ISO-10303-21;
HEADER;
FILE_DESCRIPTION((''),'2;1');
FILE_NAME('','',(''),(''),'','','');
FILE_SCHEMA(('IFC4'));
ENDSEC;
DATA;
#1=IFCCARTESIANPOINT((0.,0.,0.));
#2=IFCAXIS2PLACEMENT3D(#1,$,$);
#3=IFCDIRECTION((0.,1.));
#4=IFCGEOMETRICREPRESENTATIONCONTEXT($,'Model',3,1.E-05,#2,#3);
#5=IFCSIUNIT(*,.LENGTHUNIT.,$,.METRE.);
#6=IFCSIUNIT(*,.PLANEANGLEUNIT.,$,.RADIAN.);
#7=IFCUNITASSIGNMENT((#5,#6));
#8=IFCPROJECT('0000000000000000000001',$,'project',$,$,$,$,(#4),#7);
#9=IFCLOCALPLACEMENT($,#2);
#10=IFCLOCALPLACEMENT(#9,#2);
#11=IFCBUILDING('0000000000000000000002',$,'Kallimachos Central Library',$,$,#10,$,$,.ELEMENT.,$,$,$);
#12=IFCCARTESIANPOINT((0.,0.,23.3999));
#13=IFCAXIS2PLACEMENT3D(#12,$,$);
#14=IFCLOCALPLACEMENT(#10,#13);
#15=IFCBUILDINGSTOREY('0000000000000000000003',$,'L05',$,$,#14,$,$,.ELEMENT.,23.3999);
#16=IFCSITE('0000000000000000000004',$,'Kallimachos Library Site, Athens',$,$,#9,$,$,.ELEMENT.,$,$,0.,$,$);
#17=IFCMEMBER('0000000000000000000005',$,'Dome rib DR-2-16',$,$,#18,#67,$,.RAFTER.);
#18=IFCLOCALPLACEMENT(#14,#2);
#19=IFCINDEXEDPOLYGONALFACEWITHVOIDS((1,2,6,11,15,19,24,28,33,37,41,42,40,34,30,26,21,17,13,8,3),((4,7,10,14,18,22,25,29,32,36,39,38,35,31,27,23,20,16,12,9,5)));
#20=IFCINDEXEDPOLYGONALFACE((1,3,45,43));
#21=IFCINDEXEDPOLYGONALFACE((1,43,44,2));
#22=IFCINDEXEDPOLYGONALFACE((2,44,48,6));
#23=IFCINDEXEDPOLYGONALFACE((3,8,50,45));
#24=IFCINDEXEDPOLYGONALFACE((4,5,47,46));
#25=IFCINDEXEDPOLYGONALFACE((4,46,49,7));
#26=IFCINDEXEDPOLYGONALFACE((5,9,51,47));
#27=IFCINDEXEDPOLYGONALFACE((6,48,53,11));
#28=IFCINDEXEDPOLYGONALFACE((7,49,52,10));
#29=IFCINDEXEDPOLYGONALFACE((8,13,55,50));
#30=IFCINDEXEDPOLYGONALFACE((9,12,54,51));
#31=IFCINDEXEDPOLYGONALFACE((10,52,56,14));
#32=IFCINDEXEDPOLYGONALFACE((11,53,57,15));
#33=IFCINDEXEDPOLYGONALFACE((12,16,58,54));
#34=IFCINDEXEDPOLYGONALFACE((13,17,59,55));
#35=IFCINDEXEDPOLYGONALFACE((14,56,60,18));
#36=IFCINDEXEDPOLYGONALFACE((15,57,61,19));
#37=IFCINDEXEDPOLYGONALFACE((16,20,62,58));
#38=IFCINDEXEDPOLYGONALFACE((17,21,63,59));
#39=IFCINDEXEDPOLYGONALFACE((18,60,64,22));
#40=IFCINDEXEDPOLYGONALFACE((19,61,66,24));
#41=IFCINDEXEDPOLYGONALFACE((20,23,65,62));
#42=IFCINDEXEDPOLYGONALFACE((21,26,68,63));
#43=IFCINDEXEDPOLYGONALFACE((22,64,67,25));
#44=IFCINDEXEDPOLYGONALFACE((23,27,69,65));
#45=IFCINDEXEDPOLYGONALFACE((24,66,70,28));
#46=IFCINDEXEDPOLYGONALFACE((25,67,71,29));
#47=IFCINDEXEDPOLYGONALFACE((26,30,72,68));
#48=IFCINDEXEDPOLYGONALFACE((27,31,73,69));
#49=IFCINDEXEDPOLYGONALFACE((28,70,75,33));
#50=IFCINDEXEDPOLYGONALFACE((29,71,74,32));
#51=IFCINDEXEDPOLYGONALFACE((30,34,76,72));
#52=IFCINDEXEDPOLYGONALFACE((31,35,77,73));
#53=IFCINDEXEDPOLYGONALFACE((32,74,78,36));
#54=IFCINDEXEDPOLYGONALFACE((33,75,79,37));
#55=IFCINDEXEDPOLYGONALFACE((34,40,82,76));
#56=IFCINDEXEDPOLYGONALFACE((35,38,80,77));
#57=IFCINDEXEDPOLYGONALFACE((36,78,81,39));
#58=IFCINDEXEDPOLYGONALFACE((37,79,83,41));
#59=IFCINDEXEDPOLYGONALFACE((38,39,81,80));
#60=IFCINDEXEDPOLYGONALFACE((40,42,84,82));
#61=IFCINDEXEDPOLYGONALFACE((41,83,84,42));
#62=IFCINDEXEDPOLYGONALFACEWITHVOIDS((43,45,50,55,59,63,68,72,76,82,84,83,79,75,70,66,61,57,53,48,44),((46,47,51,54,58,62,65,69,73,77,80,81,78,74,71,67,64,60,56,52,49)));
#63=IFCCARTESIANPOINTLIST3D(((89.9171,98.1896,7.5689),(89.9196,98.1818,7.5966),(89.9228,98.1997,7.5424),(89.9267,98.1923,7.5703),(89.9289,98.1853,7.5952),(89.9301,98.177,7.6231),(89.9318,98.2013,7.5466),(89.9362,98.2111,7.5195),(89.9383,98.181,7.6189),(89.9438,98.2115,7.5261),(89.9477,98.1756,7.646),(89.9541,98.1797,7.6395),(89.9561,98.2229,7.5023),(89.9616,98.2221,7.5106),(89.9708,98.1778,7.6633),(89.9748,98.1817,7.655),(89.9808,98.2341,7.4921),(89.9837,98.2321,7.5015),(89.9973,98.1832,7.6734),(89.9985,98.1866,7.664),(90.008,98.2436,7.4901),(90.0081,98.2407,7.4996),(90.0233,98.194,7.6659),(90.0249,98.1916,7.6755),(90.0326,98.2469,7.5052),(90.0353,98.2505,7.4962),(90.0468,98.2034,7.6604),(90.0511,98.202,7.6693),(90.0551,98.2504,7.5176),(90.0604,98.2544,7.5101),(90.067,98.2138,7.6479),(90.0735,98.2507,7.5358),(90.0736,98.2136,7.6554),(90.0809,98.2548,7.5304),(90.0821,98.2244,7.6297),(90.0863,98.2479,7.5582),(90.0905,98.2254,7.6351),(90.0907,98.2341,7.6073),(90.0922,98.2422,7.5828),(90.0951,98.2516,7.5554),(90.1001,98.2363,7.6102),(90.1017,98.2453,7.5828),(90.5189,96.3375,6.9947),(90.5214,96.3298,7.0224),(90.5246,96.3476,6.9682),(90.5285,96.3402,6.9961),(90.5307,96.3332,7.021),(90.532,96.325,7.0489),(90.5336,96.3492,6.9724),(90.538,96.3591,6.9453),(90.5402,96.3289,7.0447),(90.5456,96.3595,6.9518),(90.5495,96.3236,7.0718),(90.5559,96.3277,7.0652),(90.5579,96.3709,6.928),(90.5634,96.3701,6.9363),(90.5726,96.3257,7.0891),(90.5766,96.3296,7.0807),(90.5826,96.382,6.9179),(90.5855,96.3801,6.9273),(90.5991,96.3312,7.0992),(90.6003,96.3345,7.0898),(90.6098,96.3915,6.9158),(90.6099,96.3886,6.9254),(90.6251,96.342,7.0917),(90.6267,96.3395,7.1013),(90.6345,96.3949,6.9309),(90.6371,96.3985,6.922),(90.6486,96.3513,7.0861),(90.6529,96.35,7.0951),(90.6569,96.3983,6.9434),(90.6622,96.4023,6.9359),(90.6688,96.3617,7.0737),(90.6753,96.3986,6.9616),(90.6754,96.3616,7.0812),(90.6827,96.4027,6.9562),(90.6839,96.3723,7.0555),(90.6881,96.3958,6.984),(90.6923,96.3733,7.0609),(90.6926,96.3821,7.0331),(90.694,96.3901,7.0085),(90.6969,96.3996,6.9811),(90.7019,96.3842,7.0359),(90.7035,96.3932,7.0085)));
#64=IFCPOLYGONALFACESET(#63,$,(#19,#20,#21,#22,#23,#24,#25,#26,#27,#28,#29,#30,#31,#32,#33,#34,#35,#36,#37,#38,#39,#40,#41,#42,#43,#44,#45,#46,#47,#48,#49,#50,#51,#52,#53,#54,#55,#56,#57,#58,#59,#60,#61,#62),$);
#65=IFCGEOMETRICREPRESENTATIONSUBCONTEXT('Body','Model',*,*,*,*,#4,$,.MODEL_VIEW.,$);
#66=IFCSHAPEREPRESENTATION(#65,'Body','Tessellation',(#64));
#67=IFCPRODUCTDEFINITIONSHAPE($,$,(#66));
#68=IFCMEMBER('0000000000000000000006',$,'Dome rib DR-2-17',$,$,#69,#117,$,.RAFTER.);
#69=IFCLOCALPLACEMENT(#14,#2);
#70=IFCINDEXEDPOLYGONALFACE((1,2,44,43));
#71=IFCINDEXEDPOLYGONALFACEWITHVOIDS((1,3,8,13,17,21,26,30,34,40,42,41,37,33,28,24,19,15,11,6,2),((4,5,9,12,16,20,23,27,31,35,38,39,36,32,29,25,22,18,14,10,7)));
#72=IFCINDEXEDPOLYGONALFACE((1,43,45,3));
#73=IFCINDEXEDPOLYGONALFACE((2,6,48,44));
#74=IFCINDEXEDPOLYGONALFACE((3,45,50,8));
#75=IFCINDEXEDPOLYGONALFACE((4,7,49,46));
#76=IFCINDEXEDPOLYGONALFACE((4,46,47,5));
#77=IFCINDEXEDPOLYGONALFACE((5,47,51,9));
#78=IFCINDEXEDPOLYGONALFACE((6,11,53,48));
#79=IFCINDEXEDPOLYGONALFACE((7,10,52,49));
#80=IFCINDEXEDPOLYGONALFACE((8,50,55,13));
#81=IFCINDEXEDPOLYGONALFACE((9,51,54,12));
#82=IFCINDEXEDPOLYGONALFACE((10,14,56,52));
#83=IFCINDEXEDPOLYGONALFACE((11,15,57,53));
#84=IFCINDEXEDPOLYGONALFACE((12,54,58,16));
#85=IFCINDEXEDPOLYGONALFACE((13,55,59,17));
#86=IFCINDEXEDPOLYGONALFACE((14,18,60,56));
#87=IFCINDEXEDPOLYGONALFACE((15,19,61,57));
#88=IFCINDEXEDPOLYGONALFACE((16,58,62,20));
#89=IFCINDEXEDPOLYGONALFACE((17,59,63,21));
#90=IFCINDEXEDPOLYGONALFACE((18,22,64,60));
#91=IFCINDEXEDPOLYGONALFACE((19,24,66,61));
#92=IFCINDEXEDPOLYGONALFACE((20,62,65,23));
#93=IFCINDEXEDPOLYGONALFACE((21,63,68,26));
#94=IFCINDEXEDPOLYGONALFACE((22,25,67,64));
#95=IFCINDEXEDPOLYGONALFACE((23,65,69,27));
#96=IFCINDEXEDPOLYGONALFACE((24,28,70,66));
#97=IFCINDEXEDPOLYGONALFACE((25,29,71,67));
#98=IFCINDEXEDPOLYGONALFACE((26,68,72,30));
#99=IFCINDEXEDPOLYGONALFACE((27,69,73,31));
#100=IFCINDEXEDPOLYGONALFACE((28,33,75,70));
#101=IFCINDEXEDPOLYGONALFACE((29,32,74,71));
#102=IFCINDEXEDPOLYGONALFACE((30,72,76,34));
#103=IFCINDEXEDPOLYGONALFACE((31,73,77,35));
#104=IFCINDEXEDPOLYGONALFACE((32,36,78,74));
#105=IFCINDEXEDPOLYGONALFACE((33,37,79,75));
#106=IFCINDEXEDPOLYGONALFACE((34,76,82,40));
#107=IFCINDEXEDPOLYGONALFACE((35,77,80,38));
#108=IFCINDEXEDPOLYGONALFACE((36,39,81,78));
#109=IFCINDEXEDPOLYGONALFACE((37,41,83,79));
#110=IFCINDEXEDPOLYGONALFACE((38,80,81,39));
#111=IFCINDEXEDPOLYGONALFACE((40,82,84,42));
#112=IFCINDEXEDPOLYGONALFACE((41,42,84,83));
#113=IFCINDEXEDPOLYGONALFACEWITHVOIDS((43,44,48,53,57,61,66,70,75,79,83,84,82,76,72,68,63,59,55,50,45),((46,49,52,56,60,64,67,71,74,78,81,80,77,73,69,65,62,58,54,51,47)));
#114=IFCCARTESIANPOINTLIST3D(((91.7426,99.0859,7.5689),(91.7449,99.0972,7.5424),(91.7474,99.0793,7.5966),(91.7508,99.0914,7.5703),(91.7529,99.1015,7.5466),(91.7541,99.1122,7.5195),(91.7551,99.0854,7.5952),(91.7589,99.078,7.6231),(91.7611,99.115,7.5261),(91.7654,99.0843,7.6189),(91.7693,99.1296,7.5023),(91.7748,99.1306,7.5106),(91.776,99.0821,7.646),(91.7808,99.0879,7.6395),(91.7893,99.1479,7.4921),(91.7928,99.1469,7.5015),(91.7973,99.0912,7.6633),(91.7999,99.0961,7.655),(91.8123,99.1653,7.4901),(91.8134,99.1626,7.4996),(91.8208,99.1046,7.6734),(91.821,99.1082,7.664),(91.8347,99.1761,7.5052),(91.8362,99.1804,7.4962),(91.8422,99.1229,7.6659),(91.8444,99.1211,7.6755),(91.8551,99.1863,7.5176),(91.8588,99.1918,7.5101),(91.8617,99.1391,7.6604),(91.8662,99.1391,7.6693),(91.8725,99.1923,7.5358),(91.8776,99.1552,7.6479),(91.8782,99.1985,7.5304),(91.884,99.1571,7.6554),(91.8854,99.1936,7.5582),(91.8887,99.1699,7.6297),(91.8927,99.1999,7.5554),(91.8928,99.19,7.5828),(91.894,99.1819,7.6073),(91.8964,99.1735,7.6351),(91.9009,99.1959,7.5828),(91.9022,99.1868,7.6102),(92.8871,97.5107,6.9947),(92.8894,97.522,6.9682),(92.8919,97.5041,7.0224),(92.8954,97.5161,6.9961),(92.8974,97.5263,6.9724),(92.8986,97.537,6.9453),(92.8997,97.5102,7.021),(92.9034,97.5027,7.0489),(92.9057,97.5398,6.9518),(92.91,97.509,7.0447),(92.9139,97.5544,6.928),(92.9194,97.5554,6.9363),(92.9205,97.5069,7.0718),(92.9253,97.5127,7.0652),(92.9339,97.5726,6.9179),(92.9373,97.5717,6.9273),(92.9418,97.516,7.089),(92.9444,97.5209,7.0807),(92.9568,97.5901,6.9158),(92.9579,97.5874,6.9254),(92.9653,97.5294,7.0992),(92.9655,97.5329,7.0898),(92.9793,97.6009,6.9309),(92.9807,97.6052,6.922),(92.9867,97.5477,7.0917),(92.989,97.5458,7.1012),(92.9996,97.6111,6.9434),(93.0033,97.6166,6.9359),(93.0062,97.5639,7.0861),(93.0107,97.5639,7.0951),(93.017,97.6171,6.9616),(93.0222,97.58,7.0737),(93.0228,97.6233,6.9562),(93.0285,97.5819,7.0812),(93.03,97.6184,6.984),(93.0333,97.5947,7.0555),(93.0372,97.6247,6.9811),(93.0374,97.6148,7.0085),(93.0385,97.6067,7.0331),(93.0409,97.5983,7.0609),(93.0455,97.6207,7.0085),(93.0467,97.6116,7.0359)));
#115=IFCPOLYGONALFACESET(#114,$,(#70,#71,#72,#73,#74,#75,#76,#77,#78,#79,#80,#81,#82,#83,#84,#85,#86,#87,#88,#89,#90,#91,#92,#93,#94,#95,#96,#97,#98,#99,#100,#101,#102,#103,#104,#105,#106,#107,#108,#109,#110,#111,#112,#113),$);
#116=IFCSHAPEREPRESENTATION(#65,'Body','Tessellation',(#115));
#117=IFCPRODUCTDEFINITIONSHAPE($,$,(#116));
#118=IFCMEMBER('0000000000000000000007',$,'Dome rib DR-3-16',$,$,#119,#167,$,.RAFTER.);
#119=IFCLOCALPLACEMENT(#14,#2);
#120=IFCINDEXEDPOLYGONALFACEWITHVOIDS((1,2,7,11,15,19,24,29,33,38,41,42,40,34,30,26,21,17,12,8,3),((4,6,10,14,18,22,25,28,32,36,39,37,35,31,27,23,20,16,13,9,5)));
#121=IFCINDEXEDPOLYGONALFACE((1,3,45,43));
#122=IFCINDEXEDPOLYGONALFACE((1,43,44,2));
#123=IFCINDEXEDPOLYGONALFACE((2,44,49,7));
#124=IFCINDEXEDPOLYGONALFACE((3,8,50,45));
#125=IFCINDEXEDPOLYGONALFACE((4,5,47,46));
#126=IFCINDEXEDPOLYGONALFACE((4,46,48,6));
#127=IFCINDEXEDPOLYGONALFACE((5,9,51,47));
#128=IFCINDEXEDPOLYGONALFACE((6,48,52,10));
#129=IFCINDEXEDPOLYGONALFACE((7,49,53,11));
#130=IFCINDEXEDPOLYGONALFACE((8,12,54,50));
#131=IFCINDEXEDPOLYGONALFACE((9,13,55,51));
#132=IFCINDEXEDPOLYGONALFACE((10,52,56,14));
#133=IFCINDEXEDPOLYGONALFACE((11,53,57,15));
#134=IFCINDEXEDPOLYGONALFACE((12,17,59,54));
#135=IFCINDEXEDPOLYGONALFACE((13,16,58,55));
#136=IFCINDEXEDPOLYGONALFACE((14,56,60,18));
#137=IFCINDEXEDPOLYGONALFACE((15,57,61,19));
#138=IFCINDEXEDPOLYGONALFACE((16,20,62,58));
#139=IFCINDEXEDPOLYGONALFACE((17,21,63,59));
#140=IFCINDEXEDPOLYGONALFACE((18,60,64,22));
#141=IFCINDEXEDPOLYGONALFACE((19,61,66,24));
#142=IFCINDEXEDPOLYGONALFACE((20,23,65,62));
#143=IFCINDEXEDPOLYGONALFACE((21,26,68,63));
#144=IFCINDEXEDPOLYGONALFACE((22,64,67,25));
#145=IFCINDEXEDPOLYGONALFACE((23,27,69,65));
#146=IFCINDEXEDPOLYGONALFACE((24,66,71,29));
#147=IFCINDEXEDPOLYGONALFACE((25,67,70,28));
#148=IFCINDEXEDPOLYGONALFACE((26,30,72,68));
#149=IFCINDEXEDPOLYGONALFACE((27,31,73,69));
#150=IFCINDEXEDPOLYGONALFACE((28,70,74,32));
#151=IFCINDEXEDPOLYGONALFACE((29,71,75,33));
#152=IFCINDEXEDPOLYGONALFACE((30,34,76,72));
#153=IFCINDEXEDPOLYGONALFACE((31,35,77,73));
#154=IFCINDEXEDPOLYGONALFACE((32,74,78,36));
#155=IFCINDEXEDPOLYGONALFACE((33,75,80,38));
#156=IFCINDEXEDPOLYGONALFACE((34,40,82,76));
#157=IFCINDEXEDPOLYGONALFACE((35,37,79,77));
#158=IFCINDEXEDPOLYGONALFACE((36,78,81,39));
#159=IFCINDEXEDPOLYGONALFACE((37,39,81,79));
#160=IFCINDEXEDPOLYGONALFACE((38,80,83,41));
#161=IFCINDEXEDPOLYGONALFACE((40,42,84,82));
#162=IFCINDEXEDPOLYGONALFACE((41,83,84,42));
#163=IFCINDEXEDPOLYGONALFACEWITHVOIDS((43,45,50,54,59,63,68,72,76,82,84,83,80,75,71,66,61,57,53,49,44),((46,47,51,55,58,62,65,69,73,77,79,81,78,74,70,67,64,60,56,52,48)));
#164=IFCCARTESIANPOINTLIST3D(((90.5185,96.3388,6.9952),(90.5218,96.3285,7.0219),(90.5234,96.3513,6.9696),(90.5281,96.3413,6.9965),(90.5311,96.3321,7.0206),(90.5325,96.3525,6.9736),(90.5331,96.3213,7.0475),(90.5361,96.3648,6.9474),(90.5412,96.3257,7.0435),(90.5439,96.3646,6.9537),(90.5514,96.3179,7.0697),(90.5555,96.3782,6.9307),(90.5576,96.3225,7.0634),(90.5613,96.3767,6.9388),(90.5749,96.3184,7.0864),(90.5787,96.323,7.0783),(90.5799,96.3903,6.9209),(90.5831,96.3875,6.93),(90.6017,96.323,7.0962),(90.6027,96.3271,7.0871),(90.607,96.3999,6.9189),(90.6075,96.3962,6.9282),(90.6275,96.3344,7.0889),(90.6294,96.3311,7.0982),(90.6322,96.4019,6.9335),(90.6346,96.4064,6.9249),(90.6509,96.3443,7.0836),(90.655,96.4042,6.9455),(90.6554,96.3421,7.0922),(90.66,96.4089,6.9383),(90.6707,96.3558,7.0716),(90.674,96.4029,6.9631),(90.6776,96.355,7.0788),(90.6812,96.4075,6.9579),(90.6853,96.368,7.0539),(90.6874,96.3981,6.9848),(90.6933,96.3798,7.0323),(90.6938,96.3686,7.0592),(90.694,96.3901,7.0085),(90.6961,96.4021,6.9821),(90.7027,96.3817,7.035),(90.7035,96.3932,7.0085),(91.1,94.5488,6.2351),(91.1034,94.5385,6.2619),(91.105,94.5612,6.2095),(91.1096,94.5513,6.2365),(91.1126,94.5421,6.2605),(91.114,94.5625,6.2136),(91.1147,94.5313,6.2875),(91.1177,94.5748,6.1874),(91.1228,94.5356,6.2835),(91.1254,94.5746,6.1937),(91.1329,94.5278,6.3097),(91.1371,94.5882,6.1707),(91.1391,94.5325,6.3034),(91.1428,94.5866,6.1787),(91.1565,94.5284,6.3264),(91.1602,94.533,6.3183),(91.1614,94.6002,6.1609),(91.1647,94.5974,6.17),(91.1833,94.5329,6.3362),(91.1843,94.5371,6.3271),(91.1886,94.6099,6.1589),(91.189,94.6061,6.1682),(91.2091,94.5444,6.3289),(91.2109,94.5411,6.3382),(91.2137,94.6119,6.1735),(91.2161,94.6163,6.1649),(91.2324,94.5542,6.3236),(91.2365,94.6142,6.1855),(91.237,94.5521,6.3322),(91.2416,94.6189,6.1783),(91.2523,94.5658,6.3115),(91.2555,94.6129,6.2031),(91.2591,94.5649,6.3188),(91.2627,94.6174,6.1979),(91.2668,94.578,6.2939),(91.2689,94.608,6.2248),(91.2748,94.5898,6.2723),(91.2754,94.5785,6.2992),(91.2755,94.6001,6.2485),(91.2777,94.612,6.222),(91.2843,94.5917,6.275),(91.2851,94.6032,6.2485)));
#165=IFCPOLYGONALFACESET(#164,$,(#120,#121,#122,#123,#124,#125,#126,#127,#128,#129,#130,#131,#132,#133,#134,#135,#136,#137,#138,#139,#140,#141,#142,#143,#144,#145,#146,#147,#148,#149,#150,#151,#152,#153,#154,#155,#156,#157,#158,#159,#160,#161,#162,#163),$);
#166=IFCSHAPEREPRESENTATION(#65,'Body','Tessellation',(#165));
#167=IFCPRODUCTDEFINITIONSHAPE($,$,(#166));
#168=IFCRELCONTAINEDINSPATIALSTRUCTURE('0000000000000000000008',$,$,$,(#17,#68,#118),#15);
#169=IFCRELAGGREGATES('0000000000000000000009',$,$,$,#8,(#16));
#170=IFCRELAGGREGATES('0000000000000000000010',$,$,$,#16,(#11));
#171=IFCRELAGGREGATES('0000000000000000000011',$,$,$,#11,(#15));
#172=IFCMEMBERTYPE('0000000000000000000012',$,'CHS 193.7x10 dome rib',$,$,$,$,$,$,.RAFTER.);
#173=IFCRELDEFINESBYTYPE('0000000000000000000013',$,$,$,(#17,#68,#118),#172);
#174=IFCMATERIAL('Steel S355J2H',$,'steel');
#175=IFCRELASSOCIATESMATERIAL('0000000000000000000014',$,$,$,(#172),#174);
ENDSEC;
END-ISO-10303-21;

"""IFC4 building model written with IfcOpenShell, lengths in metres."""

from ifc_helpers import new_model, si_unit, direction, frame, origin, origin_2d, place, context, subcontext, project, spatial, hollow_circle, extrude, material, material_profile, profile_set, type_object, element, save


model = new_model("IFC4")

# Units and contexts
model_context = context("Model", 3, precision=1e-05, world=origin(), true_north=direction((0.0, 1.0)))
body_context = subcontext(model_context, "Body", "Model", "MODEL_VIEW")
ifc_project = project(units=[si_unit("LENGTHUNIT", "METRE"), si_unit("PLANEANGLEUNIT", "RADIAN")], contexts=[model_context])

# Site, building, storey
site_placement = place(None, origin())
site = spatial("IfcSite", under=ifc_project, at=site_placement, Name="Kallimachos Library Site, Athens", CompositionType="ELEMENT", RefElevation=0.0)
building_placement = place(site_placement, origin())
building = spatial("IfcBuilding", under=site, at=building_placement, Name="Kallimachos Central Library", CompositionType="ELEMENT")
storey_placement = place(building_placement, frame((0.0, 0.0, 23.3999)))
storey = spatial("IfcBuildingStorey", under=building, at=storey_placement, Name="L05", CompositionType="ELEMENT", Elevation=23.3999)

# Members
ifc_material_1 = material(Name="Steel S355J2H", Category="steel")
ifc_material_profile_1 = material_profile(ifc_material_1, hollow_circle(Radius=0.0969, WallThickness=0.01, at=origin_2d()), Name="CHS 193.7x10")
ifc_profile_set_1 = profile_set([ifc_material_profile_1], Name="Steel S355J2H")
member_type_1 = type_object("IfcMemberType", Name="CHS 193.7x10 dome rib", PredefinedType="RAFTER", material=ifc_profile_set_1)
for number, where, z_axis, x_axis, name in (
    (1, (90.0095, 98.2153, 7.5828), (0.296417, -0.91222, -0.282829), (0.951051, 0.309035, 0.0), "Dome rib DR-2-16"),
):
    element("IfcMember", number, at=place(storey_placement, frame(where, z_axis=z_axis, x_axis=x_axis)), inside=storey, type_object=member_type_1, Name=name, PredefinedType="RAFTER", context=body_context, shape_type="SweptSolid", body=[
        extrude(hollow_circle(Radius=0.0969, WallThickness=0.01, at=origin_2d()), origin(), (0.0, 0.0, 1.0), 2.0303),
    ])
member_1_placement = place(storey_placement, frame((91.8225, 99.1389, 7.5828), z_axis=(0.563807, -0.775956, -0.282866), x_axis=(0.808996, 0.587814, 0.0)))
element("IfcMember", 2, at=member_1_placement, inside=storey, type_object=member_type_1, Name="Dome rib DR-2-17", PredefinedType="RAFTER", context=body_context, shape_type="SweptSolid", body=[
    extrude(hollow_circle(Radius=0.0969, WallThickness=0.01, at=origin_2d()), origin(), (0.0, 0.0, 1.0), 2.03),
])
member_2_placement = place(storey_placement, frame((90.6113, 96.3633, 7.0085), z_axis=(0.286504, -0.881884, -0.374428), x_axis=(0.951068, 0.30898, 0.0)))
element("IfcMember", 3, at=member_2_placement, inside=storey, type_object=member_type_1, Name="Dome rib DR-3-16", PredefinedType="RAFTER", context=body_context, shape_type="SweptSolid", body=[
    extrude(hollow_circle(Radius=0.0969, WallThickness=0.01, at=origin_2d()), origin(), (0.0, 0.0, 1.0), 2.0298),
])

save(model, "model.ifc")
